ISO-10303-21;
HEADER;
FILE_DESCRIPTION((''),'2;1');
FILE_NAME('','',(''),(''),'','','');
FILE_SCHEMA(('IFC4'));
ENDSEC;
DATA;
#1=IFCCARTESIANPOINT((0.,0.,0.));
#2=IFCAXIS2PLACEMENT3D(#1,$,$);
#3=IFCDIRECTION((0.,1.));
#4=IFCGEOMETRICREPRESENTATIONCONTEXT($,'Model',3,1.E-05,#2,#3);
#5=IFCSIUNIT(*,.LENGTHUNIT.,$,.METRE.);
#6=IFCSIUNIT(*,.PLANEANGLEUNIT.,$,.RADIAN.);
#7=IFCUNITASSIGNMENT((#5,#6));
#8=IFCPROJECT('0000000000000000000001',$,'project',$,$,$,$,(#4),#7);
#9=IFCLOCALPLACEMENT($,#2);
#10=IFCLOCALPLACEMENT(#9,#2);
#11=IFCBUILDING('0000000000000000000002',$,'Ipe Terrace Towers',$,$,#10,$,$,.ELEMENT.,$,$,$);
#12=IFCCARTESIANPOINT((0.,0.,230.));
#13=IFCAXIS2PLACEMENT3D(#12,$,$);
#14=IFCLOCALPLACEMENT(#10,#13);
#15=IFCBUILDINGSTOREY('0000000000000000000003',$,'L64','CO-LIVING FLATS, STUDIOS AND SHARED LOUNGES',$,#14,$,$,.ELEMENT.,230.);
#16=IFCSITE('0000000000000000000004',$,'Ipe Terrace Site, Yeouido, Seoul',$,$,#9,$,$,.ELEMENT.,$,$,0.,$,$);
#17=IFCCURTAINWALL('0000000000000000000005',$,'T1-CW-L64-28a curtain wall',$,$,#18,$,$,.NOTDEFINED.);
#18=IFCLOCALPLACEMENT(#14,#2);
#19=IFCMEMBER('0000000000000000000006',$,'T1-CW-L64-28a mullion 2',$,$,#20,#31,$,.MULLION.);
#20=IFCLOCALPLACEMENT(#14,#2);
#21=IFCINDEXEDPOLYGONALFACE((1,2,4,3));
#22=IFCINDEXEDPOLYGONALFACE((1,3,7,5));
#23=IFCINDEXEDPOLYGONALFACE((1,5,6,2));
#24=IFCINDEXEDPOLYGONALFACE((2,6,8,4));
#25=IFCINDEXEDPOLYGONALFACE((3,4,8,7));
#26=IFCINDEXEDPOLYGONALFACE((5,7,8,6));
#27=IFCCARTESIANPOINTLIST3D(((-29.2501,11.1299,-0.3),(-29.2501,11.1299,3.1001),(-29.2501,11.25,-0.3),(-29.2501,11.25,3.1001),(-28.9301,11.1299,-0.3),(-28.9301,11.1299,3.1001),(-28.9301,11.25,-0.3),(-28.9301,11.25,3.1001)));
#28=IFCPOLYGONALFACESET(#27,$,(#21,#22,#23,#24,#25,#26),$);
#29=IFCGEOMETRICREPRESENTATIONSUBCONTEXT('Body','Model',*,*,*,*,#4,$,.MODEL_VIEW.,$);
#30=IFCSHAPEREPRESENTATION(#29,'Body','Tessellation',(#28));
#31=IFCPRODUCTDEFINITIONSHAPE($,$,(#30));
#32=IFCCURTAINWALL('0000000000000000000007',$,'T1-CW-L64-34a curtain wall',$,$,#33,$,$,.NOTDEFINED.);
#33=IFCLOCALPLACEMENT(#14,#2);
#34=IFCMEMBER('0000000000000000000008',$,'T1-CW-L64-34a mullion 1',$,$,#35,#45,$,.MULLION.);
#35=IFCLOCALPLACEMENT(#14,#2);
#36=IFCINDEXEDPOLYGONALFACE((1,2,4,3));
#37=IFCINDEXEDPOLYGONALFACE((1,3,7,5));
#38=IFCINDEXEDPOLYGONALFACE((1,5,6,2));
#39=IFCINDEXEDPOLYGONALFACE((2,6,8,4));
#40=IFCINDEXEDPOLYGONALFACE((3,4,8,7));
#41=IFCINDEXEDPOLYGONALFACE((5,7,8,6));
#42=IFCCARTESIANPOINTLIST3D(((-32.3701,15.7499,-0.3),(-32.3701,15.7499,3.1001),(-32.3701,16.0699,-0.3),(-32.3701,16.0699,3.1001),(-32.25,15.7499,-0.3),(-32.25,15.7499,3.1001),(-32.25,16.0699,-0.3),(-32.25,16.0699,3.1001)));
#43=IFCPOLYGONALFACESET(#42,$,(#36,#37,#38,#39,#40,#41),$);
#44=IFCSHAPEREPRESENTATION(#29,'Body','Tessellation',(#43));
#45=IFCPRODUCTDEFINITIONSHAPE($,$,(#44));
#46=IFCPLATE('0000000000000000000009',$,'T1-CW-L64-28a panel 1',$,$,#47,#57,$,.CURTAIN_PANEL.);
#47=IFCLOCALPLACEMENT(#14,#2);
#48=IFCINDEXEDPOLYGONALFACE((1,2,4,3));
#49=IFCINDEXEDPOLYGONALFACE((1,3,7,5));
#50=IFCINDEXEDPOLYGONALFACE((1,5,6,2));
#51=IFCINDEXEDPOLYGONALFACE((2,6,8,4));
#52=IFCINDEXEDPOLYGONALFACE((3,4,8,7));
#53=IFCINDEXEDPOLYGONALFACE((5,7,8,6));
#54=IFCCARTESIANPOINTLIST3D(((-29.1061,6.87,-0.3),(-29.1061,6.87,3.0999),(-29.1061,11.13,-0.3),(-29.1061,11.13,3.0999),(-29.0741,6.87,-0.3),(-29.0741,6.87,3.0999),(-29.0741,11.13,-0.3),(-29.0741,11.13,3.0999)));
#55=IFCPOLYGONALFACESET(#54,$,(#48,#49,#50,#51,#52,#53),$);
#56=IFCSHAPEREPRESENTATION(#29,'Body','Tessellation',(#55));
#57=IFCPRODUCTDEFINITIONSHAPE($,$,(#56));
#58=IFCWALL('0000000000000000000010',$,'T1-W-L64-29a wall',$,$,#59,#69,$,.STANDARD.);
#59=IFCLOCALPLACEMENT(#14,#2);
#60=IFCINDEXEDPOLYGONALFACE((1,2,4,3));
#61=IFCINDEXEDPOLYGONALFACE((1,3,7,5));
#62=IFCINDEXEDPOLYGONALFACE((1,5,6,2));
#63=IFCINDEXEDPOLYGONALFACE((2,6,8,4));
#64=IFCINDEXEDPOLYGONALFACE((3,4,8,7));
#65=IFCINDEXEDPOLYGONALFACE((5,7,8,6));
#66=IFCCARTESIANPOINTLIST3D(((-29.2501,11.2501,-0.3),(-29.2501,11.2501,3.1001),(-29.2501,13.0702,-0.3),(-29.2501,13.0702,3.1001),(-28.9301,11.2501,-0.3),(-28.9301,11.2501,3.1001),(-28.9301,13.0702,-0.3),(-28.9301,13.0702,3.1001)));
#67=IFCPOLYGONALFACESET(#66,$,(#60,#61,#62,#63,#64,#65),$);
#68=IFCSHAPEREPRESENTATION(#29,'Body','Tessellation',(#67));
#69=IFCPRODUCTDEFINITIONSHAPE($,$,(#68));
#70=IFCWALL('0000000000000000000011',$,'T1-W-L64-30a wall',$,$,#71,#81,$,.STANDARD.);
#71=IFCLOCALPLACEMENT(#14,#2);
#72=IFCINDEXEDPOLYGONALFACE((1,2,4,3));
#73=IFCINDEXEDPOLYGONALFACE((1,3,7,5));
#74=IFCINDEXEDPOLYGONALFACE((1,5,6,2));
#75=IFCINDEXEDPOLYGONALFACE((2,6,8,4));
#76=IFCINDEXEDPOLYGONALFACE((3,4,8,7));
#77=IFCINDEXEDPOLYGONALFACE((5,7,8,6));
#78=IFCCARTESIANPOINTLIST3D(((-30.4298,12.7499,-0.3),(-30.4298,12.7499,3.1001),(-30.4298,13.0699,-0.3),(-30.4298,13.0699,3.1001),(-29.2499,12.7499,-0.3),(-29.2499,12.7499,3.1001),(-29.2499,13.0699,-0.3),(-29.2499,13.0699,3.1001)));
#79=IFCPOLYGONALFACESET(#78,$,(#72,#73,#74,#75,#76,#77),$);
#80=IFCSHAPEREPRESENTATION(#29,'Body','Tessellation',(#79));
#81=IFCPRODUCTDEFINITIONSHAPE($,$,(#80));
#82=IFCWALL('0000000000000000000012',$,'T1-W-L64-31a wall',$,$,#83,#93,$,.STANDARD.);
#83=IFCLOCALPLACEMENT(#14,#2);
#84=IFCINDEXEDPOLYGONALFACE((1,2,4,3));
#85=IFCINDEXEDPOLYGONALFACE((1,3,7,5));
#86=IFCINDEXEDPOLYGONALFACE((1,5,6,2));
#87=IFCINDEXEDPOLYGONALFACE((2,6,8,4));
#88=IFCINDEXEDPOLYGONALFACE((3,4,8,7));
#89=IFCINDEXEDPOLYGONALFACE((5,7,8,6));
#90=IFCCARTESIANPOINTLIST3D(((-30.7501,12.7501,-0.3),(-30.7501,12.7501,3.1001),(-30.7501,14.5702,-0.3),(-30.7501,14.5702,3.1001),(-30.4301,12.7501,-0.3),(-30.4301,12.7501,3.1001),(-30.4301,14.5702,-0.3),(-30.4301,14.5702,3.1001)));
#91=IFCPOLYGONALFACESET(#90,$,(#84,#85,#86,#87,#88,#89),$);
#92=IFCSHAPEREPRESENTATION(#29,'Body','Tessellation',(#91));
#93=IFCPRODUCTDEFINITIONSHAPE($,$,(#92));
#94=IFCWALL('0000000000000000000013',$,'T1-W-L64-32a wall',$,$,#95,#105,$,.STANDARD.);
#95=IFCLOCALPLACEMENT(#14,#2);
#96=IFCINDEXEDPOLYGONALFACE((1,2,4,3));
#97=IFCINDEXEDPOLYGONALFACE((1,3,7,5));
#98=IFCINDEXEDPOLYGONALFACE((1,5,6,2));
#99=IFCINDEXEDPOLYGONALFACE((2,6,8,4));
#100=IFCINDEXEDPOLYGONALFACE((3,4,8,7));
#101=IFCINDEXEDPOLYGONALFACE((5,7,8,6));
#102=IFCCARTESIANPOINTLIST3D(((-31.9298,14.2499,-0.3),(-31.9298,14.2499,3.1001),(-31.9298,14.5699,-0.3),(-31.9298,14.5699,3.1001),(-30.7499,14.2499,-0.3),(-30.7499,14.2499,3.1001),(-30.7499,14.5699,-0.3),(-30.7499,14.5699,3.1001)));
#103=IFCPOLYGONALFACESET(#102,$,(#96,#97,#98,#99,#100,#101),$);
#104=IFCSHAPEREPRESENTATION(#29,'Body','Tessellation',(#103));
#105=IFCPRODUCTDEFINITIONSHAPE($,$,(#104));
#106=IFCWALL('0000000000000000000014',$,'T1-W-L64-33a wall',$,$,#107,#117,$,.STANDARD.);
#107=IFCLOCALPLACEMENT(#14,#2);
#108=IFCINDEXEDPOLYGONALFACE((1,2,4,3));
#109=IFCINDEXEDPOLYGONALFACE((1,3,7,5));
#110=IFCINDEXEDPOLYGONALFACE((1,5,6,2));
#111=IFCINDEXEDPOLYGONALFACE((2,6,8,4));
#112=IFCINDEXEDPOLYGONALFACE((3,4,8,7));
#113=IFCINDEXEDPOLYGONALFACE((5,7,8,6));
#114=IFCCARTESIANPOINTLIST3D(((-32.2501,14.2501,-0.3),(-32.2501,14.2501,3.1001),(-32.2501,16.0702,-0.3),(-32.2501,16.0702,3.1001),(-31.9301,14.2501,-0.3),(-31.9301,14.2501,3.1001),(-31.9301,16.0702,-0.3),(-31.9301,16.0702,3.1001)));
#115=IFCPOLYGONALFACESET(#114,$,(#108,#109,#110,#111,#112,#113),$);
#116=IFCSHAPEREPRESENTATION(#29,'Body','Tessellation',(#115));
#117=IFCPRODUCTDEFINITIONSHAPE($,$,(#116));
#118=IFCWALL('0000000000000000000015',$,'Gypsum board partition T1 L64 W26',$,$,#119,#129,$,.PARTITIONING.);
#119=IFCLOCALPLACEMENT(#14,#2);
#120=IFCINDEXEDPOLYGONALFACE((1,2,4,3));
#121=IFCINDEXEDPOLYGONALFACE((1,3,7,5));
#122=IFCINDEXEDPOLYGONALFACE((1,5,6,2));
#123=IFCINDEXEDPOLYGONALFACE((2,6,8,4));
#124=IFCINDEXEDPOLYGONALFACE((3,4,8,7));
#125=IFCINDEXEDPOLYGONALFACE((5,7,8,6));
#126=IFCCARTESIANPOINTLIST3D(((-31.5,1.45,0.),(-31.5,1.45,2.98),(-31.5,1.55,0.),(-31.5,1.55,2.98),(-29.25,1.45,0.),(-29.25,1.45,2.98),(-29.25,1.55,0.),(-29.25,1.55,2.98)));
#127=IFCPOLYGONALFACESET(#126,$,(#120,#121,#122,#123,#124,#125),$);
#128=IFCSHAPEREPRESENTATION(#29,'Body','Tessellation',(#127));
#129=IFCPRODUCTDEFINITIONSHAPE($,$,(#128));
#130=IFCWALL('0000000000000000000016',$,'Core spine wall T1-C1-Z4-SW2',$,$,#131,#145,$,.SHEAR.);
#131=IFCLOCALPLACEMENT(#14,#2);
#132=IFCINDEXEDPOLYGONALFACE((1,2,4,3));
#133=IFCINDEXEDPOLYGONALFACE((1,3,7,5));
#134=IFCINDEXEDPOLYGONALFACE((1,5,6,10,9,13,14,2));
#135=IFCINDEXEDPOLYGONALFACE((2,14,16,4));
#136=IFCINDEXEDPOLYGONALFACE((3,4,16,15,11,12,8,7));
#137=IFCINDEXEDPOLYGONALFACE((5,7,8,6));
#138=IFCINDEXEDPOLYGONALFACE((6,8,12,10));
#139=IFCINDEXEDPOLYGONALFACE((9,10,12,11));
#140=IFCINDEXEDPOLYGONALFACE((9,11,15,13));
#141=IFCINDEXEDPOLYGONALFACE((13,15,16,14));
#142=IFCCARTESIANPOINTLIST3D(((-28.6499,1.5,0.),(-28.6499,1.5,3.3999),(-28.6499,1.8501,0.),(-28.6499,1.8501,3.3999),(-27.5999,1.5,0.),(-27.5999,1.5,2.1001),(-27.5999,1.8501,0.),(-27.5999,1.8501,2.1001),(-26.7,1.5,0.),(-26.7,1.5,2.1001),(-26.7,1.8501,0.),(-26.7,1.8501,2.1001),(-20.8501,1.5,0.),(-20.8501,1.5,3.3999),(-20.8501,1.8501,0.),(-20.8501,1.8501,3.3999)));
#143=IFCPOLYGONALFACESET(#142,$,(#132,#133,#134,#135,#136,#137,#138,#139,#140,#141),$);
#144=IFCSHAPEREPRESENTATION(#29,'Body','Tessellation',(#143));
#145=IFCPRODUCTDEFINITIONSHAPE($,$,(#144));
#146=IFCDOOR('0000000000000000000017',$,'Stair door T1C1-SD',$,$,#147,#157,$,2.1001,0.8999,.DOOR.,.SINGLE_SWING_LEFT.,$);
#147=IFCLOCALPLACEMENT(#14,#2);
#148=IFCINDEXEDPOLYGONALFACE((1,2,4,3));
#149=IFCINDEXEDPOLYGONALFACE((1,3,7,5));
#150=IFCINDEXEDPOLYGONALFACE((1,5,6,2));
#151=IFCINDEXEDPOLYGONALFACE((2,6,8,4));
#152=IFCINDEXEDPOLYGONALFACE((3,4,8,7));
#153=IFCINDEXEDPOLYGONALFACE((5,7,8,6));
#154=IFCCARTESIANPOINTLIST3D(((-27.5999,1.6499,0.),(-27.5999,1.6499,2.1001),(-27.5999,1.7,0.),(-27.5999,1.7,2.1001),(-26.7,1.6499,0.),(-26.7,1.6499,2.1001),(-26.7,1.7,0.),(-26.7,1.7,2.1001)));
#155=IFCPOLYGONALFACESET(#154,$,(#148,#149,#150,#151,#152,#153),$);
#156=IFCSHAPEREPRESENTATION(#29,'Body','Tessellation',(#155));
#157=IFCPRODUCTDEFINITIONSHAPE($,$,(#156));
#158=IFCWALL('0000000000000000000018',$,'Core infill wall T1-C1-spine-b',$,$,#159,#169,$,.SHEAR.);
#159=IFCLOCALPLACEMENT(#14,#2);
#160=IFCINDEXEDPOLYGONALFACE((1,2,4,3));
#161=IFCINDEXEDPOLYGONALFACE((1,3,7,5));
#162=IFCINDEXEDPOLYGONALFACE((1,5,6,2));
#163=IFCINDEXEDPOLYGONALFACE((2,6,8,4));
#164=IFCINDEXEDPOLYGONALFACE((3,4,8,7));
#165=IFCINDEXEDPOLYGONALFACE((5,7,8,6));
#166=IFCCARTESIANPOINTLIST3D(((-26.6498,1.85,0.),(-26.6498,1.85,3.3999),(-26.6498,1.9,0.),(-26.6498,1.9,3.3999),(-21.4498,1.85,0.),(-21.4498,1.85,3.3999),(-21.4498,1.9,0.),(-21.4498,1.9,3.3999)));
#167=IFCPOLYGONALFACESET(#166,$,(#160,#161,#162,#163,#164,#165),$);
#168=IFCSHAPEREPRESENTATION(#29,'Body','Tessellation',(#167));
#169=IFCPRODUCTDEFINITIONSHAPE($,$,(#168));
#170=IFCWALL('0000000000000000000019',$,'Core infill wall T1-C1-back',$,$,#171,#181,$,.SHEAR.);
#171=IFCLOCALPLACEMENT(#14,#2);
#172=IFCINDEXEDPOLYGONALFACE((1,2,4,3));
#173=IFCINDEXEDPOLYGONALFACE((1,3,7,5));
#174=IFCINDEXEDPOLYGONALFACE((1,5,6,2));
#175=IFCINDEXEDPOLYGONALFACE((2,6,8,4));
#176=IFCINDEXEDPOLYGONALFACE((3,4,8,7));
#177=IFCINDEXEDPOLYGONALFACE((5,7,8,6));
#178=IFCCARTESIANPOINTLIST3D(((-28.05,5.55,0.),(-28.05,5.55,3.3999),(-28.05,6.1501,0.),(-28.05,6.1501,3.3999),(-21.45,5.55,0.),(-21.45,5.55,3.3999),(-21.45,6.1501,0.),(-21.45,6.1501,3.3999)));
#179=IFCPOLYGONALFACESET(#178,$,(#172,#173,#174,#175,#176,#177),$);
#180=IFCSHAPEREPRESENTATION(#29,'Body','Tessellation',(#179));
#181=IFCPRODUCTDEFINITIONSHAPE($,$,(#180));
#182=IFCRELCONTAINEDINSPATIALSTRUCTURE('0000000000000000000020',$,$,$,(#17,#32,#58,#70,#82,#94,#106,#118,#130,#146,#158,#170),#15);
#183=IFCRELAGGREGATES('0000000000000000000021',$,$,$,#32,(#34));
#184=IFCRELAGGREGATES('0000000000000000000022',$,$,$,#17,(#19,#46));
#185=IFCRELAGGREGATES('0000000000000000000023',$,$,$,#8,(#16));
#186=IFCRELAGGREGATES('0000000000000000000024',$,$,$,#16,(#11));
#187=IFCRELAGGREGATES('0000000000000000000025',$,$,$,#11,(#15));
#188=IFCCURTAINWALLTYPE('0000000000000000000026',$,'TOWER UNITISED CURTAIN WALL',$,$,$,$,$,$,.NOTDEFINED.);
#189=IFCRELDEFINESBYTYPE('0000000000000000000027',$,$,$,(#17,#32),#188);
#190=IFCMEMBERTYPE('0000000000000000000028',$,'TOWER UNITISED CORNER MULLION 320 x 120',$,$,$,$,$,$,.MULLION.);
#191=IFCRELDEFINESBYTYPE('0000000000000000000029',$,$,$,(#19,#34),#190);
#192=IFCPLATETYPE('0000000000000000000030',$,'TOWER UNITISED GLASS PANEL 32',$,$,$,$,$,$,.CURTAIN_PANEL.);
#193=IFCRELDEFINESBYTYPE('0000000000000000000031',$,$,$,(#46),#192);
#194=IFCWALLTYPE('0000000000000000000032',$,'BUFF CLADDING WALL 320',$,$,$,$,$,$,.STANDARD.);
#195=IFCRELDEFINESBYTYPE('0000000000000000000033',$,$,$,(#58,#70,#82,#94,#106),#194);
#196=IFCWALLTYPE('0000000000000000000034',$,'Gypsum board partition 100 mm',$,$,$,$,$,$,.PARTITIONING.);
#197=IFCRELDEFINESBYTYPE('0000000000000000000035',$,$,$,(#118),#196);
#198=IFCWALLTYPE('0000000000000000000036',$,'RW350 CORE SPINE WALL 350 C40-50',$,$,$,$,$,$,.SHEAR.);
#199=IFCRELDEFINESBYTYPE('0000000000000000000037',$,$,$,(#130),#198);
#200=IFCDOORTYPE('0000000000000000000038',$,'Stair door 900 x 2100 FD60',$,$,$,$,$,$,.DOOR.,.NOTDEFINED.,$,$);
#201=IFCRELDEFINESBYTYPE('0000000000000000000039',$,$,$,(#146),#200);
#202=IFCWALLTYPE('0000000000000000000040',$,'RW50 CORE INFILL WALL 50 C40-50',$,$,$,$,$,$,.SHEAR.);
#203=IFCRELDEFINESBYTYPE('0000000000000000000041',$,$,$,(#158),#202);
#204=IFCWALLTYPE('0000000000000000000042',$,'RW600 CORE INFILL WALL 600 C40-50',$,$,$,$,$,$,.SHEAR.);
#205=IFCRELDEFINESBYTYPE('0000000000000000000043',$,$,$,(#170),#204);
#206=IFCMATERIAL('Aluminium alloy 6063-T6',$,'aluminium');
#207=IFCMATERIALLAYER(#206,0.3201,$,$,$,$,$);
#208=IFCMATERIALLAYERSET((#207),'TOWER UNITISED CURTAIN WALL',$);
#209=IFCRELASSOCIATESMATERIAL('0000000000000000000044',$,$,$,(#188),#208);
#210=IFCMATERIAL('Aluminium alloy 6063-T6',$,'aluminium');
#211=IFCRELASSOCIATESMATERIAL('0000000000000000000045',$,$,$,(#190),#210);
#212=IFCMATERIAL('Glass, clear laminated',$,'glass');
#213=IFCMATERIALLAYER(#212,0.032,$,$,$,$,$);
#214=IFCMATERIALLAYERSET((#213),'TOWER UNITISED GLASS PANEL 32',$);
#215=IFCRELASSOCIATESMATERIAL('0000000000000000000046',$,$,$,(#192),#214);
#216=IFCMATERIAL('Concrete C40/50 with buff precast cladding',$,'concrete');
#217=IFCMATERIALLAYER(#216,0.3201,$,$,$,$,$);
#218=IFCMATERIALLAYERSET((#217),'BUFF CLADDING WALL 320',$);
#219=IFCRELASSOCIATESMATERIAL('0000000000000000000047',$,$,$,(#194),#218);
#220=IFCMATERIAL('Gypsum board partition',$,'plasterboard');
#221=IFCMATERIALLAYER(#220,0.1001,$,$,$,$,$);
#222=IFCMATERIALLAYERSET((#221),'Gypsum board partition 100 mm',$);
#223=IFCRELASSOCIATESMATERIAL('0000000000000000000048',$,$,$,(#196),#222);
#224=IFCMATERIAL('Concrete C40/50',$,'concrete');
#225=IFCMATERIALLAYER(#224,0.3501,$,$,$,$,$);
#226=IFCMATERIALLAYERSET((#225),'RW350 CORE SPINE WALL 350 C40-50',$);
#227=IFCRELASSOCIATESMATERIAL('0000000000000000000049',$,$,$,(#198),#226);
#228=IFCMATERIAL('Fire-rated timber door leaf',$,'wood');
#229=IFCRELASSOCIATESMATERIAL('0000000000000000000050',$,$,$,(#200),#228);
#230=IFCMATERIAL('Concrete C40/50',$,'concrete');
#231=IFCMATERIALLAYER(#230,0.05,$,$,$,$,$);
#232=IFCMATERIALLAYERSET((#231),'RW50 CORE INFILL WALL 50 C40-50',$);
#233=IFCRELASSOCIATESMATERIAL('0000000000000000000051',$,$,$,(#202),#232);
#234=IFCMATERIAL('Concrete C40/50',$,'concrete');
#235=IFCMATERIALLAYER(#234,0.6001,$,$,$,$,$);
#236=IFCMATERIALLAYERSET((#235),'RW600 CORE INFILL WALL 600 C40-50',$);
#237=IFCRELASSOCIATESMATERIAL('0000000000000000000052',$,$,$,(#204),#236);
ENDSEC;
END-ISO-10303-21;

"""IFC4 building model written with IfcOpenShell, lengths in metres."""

from ifc_helpers import new_model, si_unit, direction, frame, frame_2d, origin, origin_2d, place, context, subcontext, project, spatial, rectangle, extrude, material, layer, layer_set, material_profile, profile_set, type_object, element, fill, aggregate, save


model = new_model("IFC4")

# Units and contexts
model_context = context("Model", 3, precision=1e-05, world=origin(), true_north=direction((0.0, 1.0)))
body_context = subcontext(model_context, "Body", "Model", "MODEL_VIEW")
ifc_project = project(units=[si_unit("LENGTHUNIT", "METRE"), si_unit("PLANEANGLEUNIT", "RADIAN")], contexts=[model_context])

# Site, building, storey
site_placement = place(None, origin())
site = spatial("IfcSite", under=ifc_project, at=site_placement, Name="Ipe Terrace Site, Yeouido, Seoul", CompositionType="ELEMENT", RefElevation=0.0)
building_placement = place(site_placement, origin())
building = spatial("IfcBuilding", under=site, at=building_placement, Name="Ipe Terrace Towers", CompositionType="ELEMENT")
storey_placement = place(building_placement, frame((0.0, 0.0, 230.0)))
storey = spatial("IfcBuildingStorey", under=building, at=storey_placement, Name="L64", Description="CO-LIVING FLATS, STUDIOS AND SHARED LOUNGES", CompositionType="ELEMENT", Elevation=230.0)

# Curtain wall, member
ifc_material_1 = material(Name="Aluminium alloy 6063-T6", Category="aluminium")
ifc_layer_1 = layer(ifc_material_1, 0.3201)
ifc_layer_set_1 = layer_set([ifc_layer_1], Name="TOWER UNITISED CURTAIN WALL")
curtain_wall_type = type_object("IfcCurtainWallType", Name="TOWER UNITISED CURTAIN WALL", PredefinedType="NOTDEFINED", material=ifc_layer_set_1)
curtain_wall_1_placement = place(storey_placement, origin())
curtain_wall_1 = element("IfcCurtainWall", 1, at=curtain_wall_1_placement, inside=storey, type_object=curtain_wall_type, Name="T1-CW-L64-28a curtain wall", PredefinedType="NOTDEFINED")
ifc_material_2 = material(Name="Aluminium alloy 6063-T6", Category="aluminium")
ifc_material_profile_1 = material_profile(ifc_material_2, rectangle(XDim=0.3201, YDim=0.1201, at=origin_2d()), Name="TOWER UNITISED CORNER MULLION 320 x 120")
ifc_profile_set_1 = profile_set([ifc_material_profile_1], Name="Aluminium alloy 6063-T6")
member_type = type_object("IfcMemberType", Name="TOWER UNITISED CORNER MULLION 320 x 120", PredefinedType="MULLION", material=ifc_profile_set_1)
member_1_placement = place(storey_placement, frame((-29.0901, 11.1899, -0.3), z_axis=(0.0, 0.0, 1.0), x_axis=(1.0, 0.0, 0.0)))
member_1 = element("IfcMember", 2, at=member_1_placement, type_object=member_type, Name="T1-CW-L64-28a mullion 2", PredefinedType="MULLION", context=body_context, shape_type="SweptSolid", body=[
    extrude(rectangle(XDim=0.3201, YDim=0.1201, at=origin_2d()), origin(), (0.0, 0.0, 1.0), 3.4001),
])

# Curtain wall, member
curtain_wall_2_placement = place(storey_placement, origin())
curtain_wall_2 = element("IfcCurtainWall", 3, at=curtain_wall_2_placement, inside=storey, type_object=curtain_wall_type, Name="T1-CW-L64-34a curtain wall", PredefinedType="NOTDEFINED")
member_2_placement = place(storey_placement, frame((-32.3101, 15.9099, -0.3), z_axis=(0.0, 0.0, 1.0), x_axis=(0.0, 1.0, 0.0)))
member_2 = element("IfcMember", 4, at=member_2_placement, type_object=member_type, Name="T1-CW-L64-34a mullion 1", PredefinedType="MULLION", context=body_context, shape_type="SweptSolid", body=[
    extrude(rectangle(XDim=0.3201, YDim=0.1201, at=origin_2d()), origin(), (0.0, 0.0, 1.0), 3.4001),
])
aggregate(curtain_wall_2, [member_2])

# Plate
ifc_material_3 = material(Name="Glass, clear laminated", Category="glass")
ifc_layer_2 = layer(ifc_material_3, 0.032)
ifc_layer_set_2 = layer_set([ifc_layer_2], Name="TOWER UNITISED GLASS PANEL 32")
plate_type = type_object("IfcPlateType", Name="TOWER UNITISED GLASS PANEL 32", PredefinedType="CURTAIN_PANEL", material=ifc_layer_set_2)
plate_placement = place(storey_placement, frame((-29.0901, 9.0, -0.3), z_axis=(0.0, 0.0, 1.0), x_axis=(0.0, 1.0, 0.0)))
plate = element("IfcPlate", 5, at=plate_placement, type_object=plate_type, Name="T1-CW-L64-28a panel 1", PredefinedType="CURTAIN_PANEL", context=body_context, shape_type="SweptSolid", body=[
    extrude(rectangle(XDim=4.26, YDim=0.032, at=origin_2d()), origin(), (0.0, 0.0, 1.0), 3.3999),
])
aggregate(curtain_wall_1, [member_1, plate])

# Walls
ifc_material_4 = material(Name="Concrete C40/50 with buff precast cladding", Category="concrete")
ifc_layer_3 = layer(ifc_material_4, 0.3201)
ifc_layer_set_3 = layer_set([ifc_layer_3], Name="BUFF CLADDING WALL 320")
wall_type_1 = type_object("IfcWallType", Name="BUFF CLADDING WALL 320", PredefinedType="STANDARD", material=ifc_layer_set_3)
wall_1_placement = place(storey_placement, frame((-29.0901, 11.25, -0.3), z_axis=(0.0, 0.0, 1.0), x_axis=(0.0, 1.0, 0.0)))
element("IfcWall", 6, at=wall_1_placement, inside=storey, type_object=wall_type_1, Name="T1-W-L64-29a wall", PredefinedType="STANDARD", context=body_context, shape_type="SweptSolid", body=[
    extrude(rectangle(XDim=1.8201, YDim=0.3201, at=frame_2d((0.9102, 0.0))), origin(), (0.0, 0.0, 1.0), 3.4001),
])
wall_2_placement = place(storey_placement, frame((-29.25, 12.9099, -0.3), z_axis=(0.0, 0.0, 1.0), x_axis=(-1.0, 0.0, 0.0)))
element("IfcWall", 7, at=wall_2_placement, inside=storey, type_object=wall_type_1, Name="T1-W-L64-30a wall", PredefinedType="STANDARD", context=body_context, shape_type="SweptSolid", body=[
    extrude(rectangle(XDim=1.1799, YDim=0.3201, at=frame_2d((0.5898, 0.0))), origin(), (0.0, 0.0, 1.0), 3.4001),
])
wall_3_placement = place(storey_placement, frame((-30.5901, 12.75, -0.3), z_axis=(0.0, 0.0, 1.0), x_axis=(0.0, 1.0, 0.0)))
element("IfcWall", 8, at=wall_3_placement, inside=storey, type_object=wall_type_1, Name="T1-W-L64-31a wall", PredefinedType="STANDARD", context=body_context, shape_type="SweptSolid", body=[
    extrude(rectangle(XDim=1.8201, YDim=0.3201, at=frame_2d((0.9102, 0.0))), origin(), (0.0, 0.0, 1.0), 3.4001),
])
wall_4_placement = place(storey_placement, frame((-30.75, 14.4099, -0.3), z_axis=(0.0, 0.0, 1.0), x_axis=(-1.0, 0.0, 0.0)))
element("IfcWall", 9, at=wall_4_placement, inside=storey, type_object=wall_type_1, Name="T1-W-L64-32a wall", PredefinedType="STANDARD", context=body_context, shape_type="SweptSolid", body=[
    extrude(rectangle(XDim=1.1799, YDim=0.3201, at=frame_2d((0.5898, 0.0))), origin(), (0.0, 0.0, 1.0), 3.4001),
])
wall_5_placement = place(storey_placement, frame((-32.0901, 14.25, -0.3), z_axis=(0.0, 0.0, 1.0), x_axis=(0.0, 1.0, 0.0)))
element("IfcWall", 10, at=wall_5_placement, inside=storey, type_object=wall_type_1, Name="T1-W-L64-33a wall", PredefinedType="STANDARD", context=body_context, shape_type="SweptSolid", body=[
    extrude(rectangle(XDim=1.8201, YDim=0.3201, at=frame_2d((0.9102, 0.0))), origin(), (0.0, 0.0, 1.0), 3.4001),
])
ifc_material_5 = material(Name="Gypsum board partition", Category="plasterboard")
ifc_layer_4 = layer(ifc_material_5, 0.1001)
ifc_layer_set_4 = layer_set([ifc_layer_4], Name="Gypsum board partition 100 mm")
wall_type_2 = type_object("IfcWallType", Name="Gypsum board partition 100 mm", PredefinedType="PARTITIONING", material=ifc_layer_set_4)
wall_6_placement = place(storey_placement, frame((-31.5, 1.5, 0.0), z_axis=(0.0, 0.0, 1.0), x_axis=(1.0, 0.0, 0.0)))
element("IfcWall", 11, at=wall_6_placement, inside=storey, type_object=wall_type_2, Name="Gypsum board partition T1 L64 W26", PredefinedType="PARTITIONING", context=body_context, shape_type="SweptSolid", body=[
    extrude(rectangle(XDim=2.25, YDim=0.1001, at=frame_2d((1.125, 0.0))), origin(), (0.0, 0.0, 1.0), 2.98),
])

# Wall, opening, door
ifc_material_6 = material(Name="Concrete C40/50", Category="concrete")
ifc_layer_5 = layer(ifc_material_6, 0.3501)
ifc_layer_set_5 = layer_set([ifc_layer_5], Name="RW350 CORE SPINE WALL 350 C40-50")
wall_type_3 = type_object("IfcWallType", Name="RW350 CORE SPINE WALL 350 C40-50", PredefinedType="SHEAR", material=ifc_layer_set_5)
wall_7_placement = place(storey_placement, frame((-28.6499, 1.675, 0.0), z_axis=(0.0, 0.0, 1.0), x_axis=(1.0, 0.0, 0.0)))
wall_7 = element("IfcWall", 12, at=wall_7_placement, inside=storey, type_object=wall_type_3, Name="Core spine wall T1-C1-Z4-SW2", PredefinedType="SHEAR", context=body_context, shape_type="SweptSolid", body=[
    extrude(rectangle(XDim=7.7998, YDim=0.3501, at=frame_2d((3.8999, 0.0))), origin(), (0.0, 0.0, 1.0), 3.3999),
])
opening_1_placement = place(wall_7_placement, frame((1.05, 0.0, 0.0)))
opening_1 = element("IfcOpeningElement", 13, at=opening_1_placement, cuts=wall_7, PredefinedType="OPENING", context=body_context, shape_type="SweptSolid", body=[
    extrude(rectangle(XDim=0.8999, YDim=2.1001, at=frame_2d((0.45, 1.05))), frame((0.0, 0.1851, 0.0), z_axis=(0.0, -1.0, 0.0), x_axis=(1.0, 0.0, 0.0)), (0.0, 0.0, 1.0), 0.3701),
])
ifc_material_7 = material(Name="Fire-rated timber door leaf", Category="wood")
door_type_1 = type_object("IfcDoorType", Name="Stair door 900 x 2100 FD60", OperationType="NOTDEFINED", PredefinedType="DOOR", material=ifc_material_7)
door_1_placement = place(opening_1_placement, origin())
door_1 = element("IfcDoor", 14, at=door_1_placement, inside=storey, type_object=door_type_1, Name="Stair door T1C1-SD", OperationType="SINGLE_SWING_LEFT", OverallHeight=2.1001, OverallWidth=0.8999, PredefinedType="DOOR", context=body_context, shape_type="SweptSolid", body=[
    extrude(rectangle(XDim=0.8999, YDim=2.1001, at=frame_2d((0.45, 1.05))), frame((0.0, 0.0249, 0.0), z_axis=(0.0, -1.0, 0.0), x_axis=(1.0, 0.0, 0.0)), (0.0, 0.0, 1.0), 0.05),
])
fill(opening_1, door_1)

# Walls
ifc_material_8 = material(Name="Concrete C40/50", Category="concrete")
ifc_layer_6 = layer(ifc_material_8, 0.05)
ifc_layer_set_6 = layer_set([ifc_layer_6], Name="RW50 CORE INFILL WALL 50 C40-50")
wall_type_4 = type_object("IfcWallType", Name="RW50 CORE INFILL WALL 50 C40-50", PredefinedType="SHEAR", material=ifc_layer_set_6)
wall_8_placement = place(storey_placement, frame((-26.6499, 1.875, 0.0), z_axis=(0.0, 0.0, 1.0), x_axis=(1.0, 0.0, 0.0)))
element("IfcWall", 15, at=wall_8_placement, inside=storey, type_object=wall_type_4, Name="Core infill wall T1-C1-spine-b", PredefinedType="SHEAR", context=body_context, shape_type="SweptSolid", body=[
    extrude(rectangle(XDim=5.2, YDim=0.05, at=frame_2d((2.6001, 0.0))), origin(), (0.0, 0.0, 1.0), 3.3999),
])
ifc_material_9 = material(Name="Concrete C40/50", Category="concrete")
ifc_layer_7 = layer(ifc_material_9, 0.6001)
ifc_layer_set_7 = layer_set([ifc_layer_7], Name="RW600 CORE INFILL WALL 600 C40-50")
wall_type_5 = type_object("IfcWallType", Name="RW600 CORE INFILL WALL 600 C40-50", PredefinedType="SHEAR", material=ifc_layer_set_7)
wall_9_placement = place(storey_placement, frame((-28.05, 5.8501, 0.0), z_axis=(0.0, 0.0, 1.0), x_axis=(1.0, 0.0, 0.0)))
element("IfcWall", 16, at=wall_9_placement, inside=storey, type_object=wall_type_5, Name="Core infill wall T1-C1-back", PredefinedType="SHEAR", context=body_context, shape_type="SweptSolid", body=[
    extrude(rectangle(XDim=6.6001, YDim=0.6001, at=frame_2d((3.3, 0.0))), origin(), (0.0, 0.0, 1.0), 3.3999),
])

save(model, "model.ifc")
